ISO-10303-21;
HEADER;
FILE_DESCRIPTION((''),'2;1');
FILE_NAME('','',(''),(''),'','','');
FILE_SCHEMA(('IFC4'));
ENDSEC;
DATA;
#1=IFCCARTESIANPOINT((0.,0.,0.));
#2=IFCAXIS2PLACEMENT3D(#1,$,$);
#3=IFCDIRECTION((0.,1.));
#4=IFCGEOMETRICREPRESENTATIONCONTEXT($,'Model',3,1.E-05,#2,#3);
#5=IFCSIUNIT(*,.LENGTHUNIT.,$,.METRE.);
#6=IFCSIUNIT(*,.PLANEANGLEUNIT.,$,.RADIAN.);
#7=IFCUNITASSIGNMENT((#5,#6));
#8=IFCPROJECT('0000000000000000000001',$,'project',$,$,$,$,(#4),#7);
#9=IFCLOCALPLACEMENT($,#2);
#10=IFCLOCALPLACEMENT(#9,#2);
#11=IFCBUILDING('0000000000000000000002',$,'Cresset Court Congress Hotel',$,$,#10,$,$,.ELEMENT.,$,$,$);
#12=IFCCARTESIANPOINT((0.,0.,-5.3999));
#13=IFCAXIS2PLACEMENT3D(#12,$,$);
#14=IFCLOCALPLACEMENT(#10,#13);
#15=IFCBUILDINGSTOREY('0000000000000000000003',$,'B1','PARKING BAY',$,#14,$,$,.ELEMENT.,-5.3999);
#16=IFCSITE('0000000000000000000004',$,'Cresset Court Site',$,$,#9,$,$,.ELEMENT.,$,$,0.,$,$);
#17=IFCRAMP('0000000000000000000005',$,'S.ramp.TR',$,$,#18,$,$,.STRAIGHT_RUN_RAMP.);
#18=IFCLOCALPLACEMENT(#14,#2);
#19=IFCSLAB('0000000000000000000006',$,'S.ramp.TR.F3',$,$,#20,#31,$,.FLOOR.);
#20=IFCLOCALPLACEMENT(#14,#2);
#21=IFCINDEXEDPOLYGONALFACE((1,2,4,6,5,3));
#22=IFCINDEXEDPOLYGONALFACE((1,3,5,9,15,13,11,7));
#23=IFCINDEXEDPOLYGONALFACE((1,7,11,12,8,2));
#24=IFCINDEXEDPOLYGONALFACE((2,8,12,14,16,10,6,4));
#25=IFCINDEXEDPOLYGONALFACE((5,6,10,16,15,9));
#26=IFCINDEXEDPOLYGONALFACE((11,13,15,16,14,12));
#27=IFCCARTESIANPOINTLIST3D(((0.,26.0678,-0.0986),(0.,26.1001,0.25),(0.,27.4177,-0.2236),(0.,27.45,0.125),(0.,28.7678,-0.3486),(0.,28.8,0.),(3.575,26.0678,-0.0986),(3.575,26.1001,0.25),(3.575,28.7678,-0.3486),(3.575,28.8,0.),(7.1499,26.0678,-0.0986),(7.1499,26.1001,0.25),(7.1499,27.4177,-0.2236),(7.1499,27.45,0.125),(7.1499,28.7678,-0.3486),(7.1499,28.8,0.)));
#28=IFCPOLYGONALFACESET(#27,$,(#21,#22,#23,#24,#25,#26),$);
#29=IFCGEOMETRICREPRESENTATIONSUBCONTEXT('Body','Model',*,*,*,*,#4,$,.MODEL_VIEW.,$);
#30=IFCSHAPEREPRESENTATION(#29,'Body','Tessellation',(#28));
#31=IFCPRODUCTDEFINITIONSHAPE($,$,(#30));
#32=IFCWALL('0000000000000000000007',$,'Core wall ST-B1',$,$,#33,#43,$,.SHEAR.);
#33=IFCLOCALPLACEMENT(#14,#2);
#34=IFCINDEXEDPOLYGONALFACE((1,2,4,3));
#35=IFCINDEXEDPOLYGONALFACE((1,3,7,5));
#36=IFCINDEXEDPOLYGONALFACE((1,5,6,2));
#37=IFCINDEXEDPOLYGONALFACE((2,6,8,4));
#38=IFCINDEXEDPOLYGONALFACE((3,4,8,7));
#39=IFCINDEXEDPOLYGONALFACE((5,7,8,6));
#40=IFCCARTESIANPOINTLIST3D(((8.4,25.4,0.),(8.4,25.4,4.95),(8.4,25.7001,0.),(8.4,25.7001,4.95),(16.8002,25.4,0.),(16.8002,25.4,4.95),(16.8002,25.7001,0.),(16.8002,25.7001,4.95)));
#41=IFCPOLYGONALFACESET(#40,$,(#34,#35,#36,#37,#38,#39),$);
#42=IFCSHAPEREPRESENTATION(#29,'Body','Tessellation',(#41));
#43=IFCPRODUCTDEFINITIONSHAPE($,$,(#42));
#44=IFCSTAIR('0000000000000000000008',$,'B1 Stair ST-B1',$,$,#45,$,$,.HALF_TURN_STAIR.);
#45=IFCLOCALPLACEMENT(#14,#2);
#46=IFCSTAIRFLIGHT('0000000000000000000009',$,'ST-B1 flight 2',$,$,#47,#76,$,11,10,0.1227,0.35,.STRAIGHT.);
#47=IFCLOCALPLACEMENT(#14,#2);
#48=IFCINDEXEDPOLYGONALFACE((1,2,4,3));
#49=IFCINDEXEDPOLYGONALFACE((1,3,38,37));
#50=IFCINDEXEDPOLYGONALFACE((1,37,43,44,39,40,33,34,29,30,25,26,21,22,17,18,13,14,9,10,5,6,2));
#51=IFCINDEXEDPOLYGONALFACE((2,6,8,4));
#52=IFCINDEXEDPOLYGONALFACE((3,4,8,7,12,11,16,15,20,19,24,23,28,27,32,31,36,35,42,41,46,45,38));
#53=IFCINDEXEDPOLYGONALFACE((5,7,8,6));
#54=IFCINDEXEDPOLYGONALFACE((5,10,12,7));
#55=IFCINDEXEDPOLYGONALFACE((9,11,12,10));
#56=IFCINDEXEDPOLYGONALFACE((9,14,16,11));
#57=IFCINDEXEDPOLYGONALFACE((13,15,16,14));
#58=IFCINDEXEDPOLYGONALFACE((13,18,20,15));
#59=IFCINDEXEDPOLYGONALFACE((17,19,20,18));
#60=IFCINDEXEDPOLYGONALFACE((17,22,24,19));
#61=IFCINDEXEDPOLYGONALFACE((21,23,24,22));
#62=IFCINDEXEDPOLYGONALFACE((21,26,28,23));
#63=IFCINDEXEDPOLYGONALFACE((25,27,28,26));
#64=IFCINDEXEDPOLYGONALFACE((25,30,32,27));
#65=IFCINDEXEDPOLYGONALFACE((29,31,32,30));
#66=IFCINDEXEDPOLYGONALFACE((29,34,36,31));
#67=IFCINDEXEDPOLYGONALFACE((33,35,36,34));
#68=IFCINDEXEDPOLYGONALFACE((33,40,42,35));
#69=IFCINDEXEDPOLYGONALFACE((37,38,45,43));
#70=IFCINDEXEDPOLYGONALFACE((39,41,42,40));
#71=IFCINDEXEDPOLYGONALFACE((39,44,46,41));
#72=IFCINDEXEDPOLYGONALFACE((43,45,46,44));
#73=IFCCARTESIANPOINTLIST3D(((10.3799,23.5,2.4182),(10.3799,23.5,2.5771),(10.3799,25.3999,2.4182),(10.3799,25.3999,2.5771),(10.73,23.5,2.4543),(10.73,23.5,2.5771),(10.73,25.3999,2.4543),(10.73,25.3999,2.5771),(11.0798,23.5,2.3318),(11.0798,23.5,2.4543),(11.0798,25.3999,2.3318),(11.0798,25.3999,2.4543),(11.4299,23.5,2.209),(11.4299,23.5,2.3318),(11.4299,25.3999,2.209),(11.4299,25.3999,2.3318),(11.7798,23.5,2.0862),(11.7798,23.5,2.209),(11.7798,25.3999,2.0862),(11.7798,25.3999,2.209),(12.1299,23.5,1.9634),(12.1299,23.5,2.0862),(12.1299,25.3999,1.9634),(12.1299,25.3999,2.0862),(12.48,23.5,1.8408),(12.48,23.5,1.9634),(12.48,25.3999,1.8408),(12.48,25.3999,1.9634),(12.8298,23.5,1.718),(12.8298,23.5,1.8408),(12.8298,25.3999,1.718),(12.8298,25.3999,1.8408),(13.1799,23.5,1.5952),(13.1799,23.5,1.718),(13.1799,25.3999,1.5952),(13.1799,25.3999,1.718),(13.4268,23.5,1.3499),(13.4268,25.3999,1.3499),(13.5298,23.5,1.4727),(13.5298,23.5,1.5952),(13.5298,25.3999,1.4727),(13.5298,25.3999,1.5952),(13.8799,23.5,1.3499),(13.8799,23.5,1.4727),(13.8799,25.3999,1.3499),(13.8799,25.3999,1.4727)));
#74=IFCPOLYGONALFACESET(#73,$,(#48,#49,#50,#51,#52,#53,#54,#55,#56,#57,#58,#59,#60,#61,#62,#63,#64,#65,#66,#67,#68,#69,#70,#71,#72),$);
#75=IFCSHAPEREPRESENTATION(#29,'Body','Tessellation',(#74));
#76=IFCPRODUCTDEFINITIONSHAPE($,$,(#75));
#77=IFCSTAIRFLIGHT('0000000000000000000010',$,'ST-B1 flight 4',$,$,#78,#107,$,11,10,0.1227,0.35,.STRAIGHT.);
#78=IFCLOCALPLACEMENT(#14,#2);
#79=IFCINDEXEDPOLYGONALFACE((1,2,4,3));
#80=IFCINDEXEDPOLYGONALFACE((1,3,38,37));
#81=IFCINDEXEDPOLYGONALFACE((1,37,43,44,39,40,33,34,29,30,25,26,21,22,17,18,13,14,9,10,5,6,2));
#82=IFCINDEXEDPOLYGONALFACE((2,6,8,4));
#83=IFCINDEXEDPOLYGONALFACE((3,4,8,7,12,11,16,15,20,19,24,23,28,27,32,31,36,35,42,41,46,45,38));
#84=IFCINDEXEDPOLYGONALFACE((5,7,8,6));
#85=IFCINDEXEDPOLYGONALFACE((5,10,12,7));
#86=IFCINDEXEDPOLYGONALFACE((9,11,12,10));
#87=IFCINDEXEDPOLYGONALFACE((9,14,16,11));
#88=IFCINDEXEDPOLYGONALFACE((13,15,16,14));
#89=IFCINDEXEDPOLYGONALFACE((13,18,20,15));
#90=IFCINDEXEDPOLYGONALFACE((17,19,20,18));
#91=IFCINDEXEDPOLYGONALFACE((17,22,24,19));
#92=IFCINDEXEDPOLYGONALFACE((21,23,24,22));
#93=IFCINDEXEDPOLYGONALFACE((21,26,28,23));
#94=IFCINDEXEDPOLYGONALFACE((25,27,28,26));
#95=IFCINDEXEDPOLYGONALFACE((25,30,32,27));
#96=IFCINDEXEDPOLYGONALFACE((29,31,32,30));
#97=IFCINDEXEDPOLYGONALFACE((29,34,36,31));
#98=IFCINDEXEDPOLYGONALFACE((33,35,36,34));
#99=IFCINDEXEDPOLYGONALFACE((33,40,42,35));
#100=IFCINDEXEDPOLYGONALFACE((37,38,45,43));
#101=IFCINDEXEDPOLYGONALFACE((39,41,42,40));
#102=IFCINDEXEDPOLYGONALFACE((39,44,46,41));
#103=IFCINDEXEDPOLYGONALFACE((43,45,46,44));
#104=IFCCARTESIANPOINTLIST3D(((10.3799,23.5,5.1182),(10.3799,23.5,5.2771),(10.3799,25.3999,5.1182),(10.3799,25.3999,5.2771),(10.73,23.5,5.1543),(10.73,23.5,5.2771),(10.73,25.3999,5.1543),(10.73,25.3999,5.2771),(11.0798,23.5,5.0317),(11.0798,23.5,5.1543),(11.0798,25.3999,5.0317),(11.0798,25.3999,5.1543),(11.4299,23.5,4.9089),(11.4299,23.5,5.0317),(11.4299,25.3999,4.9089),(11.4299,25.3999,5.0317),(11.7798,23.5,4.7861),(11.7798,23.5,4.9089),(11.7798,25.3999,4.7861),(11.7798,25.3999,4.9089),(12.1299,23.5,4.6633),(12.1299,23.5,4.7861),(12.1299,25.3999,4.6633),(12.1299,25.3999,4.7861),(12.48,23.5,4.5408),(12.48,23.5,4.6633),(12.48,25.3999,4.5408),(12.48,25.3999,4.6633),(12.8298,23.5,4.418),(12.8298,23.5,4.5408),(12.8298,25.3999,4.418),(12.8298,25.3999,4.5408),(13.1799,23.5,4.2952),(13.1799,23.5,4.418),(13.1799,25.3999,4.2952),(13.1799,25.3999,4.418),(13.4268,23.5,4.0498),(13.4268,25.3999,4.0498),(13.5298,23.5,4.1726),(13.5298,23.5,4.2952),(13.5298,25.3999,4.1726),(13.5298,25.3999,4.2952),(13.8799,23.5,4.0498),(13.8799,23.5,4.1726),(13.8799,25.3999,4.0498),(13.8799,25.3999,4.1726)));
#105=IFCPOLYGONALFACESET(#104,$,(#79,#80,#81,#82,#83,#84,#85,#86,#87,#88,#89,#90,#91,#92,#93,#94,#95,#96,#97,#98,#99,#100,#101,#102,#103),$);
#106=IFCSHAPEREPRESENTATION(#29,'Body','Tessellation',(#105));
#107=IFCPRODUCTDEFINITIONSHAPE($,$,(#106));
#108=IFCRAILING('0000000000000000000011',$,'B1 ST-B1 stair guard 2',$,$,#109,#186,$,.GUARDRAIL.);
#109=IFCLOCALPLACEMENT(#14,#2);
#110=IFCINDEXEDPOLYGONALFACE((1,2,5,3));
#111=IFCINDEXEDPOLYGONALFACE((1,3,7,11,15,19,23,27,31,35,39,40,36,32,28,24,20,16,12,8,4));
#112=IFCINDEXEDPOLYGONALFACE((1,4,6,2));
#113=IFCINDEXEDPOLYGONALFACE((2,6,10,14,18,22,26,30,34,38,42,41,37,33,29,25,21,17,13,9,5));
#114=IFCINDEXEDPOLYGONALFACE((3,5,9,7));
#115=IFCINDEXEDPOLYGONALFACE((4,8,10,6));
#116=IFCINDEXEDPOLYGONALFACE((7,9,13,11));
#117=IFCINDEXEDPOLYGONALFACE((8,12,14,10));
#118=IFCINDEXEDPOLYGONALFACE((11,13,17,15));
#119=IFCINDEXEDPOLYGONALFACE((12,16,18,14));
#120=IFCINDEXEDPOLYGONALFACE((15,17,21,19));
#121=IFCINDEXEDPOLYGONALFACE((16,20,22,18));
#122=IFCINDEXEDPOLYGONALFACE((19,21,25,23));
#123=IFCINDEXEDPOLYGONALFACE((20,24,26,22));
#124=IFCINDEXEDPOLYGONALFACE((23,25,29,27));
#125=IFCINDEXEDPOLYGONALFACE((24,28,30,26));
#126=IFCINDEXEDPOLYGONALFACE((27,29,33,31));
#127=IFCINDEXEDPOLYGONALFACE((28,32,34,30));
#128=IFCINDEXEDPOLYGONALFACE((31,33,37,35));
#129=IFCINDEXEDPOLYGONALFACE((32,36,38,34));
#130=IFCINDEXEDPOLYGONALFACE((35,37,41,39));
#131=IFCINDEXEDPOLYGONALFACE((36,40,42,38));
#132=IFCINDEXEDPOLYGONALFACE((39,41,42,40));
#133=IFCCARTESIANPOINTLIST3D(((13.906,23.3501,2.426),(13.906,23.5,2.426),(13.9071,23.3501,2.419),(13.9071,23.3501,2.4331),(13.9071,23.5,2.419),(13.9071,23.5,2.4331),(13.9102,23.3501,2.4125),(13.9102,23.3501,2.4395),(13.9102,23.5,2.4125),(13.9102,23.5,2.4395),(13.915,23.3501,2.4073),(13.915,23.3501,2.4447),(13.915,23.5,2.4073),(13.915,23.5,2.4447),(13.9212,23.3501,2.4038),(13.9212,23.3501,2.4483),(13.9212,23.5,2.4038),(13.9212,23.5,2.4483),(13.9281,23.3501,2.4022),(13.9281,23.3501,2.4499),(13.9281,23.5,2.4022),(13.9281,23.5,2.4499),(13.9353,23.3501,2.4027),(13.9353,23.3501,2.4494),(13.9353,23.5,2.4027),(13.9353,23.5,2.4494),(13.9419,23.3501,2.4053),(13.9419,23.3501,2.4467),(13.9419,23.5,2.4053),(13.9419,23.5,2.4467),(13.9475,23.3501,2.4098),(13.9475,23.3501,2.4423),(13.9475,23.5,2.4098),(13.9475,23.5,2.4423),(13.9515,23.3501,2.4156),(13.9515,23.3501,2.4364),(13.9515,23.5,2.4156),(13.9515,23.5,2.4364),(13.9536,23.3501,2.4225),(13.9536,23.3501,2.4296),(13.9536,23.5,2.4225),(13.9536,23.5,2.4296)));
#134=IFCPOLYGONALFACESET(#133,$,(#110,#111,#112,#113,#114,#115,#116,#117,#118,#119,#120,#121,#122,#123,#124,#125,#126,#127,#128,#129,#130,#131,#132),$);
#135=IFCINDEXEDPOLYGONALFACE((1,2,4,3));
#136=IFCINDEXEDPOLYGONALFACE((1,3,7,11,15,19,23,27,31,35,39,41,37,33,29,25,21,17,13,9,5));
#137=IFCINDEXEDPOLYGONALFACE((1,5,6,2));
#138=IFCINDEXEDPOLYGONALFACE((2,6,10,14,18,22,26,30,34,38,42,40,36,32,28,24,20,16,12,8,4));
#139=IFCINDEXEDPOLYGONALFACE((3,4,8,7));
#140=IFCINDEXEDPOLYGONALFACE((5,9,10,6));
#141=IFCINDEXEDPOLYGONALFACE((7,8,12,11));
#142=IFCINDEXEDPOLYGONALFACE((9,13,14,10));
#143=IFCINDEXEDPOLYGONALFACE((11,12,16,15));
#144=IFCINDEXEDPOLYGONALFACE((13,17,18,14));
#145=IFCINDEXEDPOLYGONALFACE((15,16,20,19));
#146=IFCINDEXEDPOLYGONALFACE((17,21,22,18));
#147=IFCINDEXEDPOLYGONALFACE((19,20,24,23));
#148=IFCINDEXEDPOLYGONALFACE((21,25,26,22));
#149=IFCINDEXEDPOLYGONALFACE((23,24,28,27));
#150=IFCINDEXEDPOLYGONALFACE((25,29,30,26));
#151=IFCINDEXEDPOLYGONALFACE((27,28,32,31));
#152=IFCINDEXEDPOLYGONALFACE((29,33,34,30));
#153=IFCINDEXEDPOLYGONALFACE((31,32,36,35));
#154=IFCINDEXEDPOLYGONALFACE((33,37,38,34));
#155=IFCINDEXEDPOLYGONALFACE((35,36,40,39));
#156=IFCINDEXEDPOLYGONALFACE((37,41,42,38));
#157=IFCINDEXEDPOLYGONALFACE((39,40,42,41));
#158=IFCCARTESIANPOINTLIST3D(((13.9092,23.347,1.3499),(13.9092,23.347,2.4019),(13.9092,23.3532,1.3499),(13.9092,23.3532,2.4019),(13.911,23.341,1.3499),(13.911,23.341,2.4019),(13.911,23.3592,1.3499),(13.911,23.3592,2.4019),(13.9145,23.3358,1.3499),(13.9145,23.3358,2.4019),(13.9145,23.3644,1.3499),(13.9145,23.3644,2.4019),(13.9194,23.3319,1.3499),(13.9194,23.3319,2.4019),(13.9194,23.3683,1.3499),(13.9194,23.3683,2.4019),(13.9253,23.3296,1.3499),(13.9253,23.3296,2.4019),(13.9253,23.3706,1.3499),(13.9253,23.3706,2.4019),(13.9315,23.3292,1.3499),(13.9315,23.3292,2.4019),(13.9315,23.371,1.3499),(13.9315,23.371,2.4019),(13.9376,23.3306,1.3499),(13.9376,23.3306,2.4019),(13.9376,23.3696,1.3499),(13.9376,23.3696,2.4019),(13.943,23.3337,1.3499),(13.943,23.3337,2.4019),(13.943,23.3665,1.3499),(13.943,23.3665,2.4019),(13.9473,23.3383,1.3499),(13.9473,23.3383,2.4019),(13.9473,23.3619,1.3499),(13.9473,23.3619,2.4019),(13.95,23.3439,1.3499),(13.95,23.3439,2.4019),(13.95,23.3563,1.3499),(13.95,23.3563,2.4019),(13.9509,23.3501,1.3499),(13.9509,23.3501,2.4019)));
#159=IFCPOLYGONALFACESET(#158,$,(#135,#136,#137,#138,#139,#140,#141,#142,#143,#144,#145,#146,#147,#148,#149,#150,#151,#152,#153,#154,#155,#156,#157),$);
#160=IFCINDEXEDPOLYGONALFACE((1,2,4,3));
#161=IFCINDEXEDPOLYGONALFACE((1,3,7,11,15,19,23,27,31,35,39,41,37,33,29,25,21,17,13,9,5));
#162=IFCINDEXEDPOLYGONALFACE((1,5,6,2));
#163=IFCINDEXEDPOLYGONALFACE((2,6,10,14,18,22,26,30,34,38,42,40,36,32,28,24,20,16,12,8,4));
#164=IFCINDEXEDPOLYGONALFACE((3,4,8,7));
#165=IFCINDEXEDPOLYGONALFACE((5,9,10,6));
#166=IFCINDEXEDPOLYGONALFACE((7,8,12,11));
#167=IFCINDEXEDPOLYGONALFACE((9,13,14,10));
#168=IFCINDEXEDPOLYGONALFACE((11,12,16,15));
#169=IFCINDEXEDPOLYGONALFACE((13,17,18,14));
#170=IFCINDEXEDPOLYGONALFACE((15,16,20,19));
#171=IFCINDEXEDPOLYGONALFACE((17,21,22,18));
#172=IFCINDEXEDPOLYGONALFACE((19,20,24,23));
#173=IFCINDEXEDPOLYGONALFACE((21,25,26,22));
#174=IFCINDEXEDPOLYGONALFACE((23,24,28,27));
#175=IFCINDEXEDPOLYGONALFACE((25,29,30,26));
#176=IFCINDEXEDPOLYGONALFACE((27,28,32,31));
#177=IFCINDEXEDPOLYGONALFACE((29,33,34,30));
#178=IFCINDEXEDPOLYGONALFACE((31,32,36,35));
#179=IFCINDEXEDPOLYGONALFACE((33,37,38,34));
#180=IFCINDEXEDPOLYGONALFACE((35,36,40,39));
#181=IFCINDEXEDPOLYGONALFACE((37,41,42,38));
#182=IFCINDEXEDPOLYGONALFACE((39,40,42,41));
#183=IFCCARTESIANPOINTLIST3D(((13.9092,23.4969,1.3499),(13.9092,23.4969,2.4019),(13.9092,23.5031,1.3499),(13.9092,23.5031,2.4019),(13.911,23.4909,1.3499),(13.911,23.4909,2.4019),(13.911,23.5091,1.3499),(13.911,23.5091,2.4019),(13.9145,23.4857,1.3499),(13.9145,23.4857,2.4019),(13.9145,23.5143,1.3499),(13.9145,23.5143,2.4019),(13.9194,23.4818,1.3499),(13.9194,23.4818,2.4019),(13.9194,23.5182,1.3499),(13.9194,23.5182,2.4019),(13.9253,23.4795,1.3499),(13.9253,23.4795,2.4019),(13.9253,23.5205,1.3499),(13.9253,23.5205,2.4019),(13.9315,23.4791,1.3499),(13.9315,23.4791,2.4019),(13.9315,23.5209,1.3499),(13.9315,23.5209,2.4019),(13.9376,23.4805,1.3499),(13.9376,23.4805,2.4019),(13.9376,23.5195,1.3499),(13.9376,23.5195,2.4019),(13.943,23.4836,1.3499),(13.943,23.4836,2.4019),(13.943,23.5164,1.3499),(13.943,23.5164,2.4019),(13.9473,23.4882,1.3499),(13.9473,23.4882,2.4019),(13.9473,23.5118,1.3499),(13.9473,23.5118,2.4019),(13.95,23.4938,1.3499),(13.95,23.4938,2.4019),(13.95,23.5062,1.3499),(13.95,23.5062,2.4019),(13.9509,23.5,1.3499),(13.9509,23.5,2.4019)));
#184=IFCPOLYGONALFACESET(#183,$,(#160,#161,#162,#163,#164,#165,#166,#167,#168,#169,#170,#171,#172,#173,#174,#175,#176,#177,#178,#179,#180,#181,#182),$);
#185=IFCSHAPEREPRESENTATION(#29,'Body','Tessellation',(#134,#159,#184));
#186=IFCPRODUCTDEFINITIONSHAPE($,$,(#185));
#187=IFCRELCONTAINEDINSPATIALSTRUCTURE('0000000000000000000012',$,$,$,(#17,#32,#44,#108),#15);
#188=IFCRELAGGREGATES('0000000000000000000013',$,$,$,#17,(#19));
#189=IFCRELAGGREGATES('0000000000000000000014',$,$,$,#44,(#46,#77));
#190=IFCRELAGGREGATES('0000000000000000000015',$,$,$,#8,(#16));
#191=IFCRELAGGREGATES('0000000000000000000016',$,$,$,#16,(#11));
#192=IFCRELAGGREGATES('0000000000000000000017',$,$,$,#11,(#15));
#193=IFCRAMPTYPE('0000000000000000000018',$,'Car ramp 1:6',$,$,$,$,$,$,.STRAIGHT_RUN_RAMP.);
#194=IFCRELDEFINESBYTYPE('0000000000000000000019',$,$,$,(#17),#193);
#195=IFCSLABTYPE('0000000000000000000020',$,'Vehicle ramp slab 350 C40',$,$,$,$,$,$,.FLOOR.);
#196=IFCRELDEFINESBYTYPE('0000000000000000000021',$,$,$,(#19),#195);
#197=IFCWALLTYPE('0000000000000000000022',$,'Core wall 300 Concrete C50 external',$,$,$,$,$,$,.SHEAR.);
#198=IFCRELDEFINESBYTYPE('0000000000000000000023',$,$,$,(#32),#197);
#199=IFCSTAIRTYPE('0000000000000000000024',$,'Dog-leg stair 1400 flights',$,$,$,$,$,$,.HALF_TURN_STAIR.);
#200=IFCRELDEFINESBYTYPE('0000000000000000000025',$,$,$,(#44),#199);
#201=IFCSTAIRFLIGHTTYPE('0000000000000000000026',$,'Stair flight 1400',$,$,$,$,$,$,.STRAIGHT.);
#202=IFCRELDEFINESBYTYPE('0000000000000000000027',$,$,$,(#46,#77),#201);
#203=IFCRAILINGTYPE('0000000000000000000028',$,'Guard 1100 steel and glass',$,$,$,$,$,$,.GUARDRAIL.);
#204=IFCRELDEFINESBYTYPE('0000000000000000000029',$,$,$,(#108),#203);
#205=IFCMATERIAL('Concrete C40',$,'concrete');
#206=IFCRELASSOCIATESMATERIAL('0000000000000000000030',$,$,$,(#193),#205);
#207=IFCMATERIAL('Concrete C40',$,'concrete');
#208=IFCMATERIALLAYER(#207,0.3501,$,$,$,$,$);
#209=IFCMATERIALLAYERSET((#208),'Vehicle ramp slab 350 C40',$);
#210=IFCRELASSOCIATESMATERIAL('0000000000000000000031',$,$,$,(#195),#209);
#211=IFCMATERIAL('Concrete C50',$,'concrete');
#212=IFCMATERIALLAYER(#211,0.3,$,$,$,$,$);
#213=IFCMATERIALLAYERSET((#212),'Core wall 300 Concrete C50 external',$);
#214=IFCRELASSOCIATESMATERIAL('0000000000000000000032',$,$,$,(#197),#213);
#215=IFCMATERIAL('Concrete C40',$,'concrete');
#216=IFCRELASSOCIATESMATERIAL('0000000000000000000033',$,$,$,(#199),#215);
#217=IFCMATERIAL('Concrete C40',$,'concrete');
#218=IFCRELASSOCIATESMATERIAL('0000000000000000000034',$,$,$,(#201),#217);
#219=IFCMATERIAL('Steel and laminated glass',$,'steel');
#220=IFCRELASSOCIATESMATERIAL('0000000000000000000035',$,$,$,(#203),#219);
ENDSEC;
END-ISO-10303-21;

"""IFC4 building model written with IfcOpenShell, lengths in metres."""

from ifc_helpers import new_model, si_unit, direction, frame, frame_2d, origin, origin_2d, place, context, subcontext, project, spatial, polyline, rectangle, circle, outline, extrude, material, layer, layer_set, type_object, element, aggregate, save


model = new_model("IFC4")

# Units and contexts
model_context = context("Model", 3, precision=1e-05, world=origin(), true_north=direction((0.0, 1.0)))
body_context = subcontext(model_context, "Body", "Model", "MODEL_VIEW")
ifc_project = project(units=[si_unit("LENGTHUNIT", "METRE"), si_unit("PLANEANGLEUNIT", "RADIAN")], contexts=[model_context])

# Site, building, storey
site_placement = place(None, origin())
site = spatial("IfcSite", under=ifc_project, at=site_placement, Name="Cresset Court Site", CompositionType="ELEMENT", RefElevation=0.0)
building_placement = place(site_placement, origin())
building = spatial("IfcBuilding", under=site, at=building_placement, Name="Cresset Court Congress Hotel", CompositionType="ELEMENT")
storey_placement = place(building_placement, frame((0.0, 0.0, -5.3999)))
storey = spatial("IfcBuildingStorey", under=building, at=storey_placement, Name="B1", Description="PARKING BAY", CompositionType="ELEMENT", Elevation=-5.3999)

# Ramp, slab
ifc_material_1 = material(Name="Concrete C40", Category="concrete")
ramp_type = type_object("IfcRampType", Name="Car ramp 1:6", PredefinedType="STRAIGHT_RUN_RAMP", material=ifc_material_1)
ramp_placement = place(storey_placement, origin())
ramp = element("IfcRamp", 1, at=ramp_placement, inside=storey, type_object=ramp_type, Name="S.ramp.TR", PredefinedType="STRAIGHT_RUN_RAMP")
ifc_material_2 = material(Name="Concrete C40", Category="concrete")
ifc_layer_1 = layer(ifc_material_2, 0.3501)
ifc_layer_set_1 = layer_set([ifc_layer_1], Name="Vehicle ramp slab 350 C40")
slab_type = type_object("IfcSlabType", Name="Vehicle ramp slab 350 C40", PredefinedType="FLOOR", material=ifc_layer_set_1)
slab_placement = place(storey_placement, frame((0.0, 26.1001, 0.25), z_axis=(0.0, 0.0922, 0.995741), x_axis=(1.0, 0.0, 0.0)))
slab = element("IfcSlab", 2, at=slab_placement, type_object=slab_type, Name="S.ramp.TR.F3", PredefinedType="FLOOR", context=body_context, shape_type="SweptSolid", body=[
    extrude(outline(polyline([(0.0, 0.0), (3.575, 0.0), (7.1499, 0.0), (7.1499, 1.3556), (7.1499, 2.7115), (3.575, 2.7115), (0.0, 2.7115), (0.0, 1.3556), (0.0, 0.0)])), origin(), (0.0, 0.0, -1.0), 0.3501),
])
aggregate(ramp, [slab])

# Wall
ifc_material_3 = material(Name="Concrete C50", Category="concrete")
ifc_layer_2 = layer(ifc_material_3, 0.3)
ifc_layer_set_2 = layer_set([ifc_layer_2], Name="Core wall 300 Concrete C50 external")
wall_type = type_object("IfcWallType", Name="Core wall 300 Concrete C50 external", PredefinedType="SHEAR", material=ifc_layer_set_2)
wall_placement = place(storey_placement, frame((8.3999, 25.55, 0.0), z_axis=(0.0, 0.0, 1.0), x_axis=(1.0, 0.0, 0.0)))
element("IfcWall", 3, at=wall_placement, inside=storey, type_object=wall_type, Name="Core wall ST-B1", PredefinedType="SHEAR", context=body_context, shape_type="SweptSolid", body=[
    extrude(rectangle(XDim=8.4001, YDim=0.3, at=frame_2d((4.2002, 0.0))), origin(), (0.0, 0.0, 1.0), 4.95),
])

# Stair, stair flights
ifc_material_4 = material(Name="Concrete C40", Category="concrete")
stair_type = type_object("IfcStairType", Name="Dog-leg stair 1400 flights", PredefinedType="HALF_TURN_STAIR", material=ifc_material_4)
stair_placement = place(storey_placement, origin())
stair = element("IfcStair", 4, at=stair_placement, inside=storey, type_object=stair_type, Name="B1 Stair ST-B1", PredefinedType="HALF_TURN_STAIR")
ifc_material_5 = material(Name="Concrete C40", Category="concrete")
stair_flight_type = type_object("IfcStairFlightType", Name="Stair flight 1400", PredefinedType="STRAIGHT", material=ifc_material_5)
stair_flight_1_placement = place(storey_placement, frame((13.8799, 24.45, 1.3499), z_axis=(0.0, 0.0, 1.0), x_axis=(-1.0, 0.0, 0.0)))
stair_flight_1 = element("IfcStairFlight", 5, at=stair_flight_1_placement, type_object=stair_flight_type, Name="ST-B1 flight 2", NumberOfRisers=11, NumberOfTreads=10, PredefinedType="STRAIGHT", RiserHeight=0.1227, TreadLength=0.35, context=body_context, shape_type="SweptSolid", body=[
    extrude(outline(polyline([(0.0, 0.0), (0.0, 0.1228), (0.3501, 0.1228), (0.3501, 0.2454), (0.7, 0.2454), (0.7, 0.3682), (1.05, 0.3682), (1.05, 0.491), (1.3999, 0.491), (1.3999, 0.6135), (1.75, 0.6135), (1.75, 0.7363), (2.1001, 0.7363), (2.1001, 0.8591), (2.45, 0.8591), (2.45, 0.9819), (2.8, 0.9819), (2.8, 1.1045), (3.1499, 1.1045), (3.1499, 1.2273), (3.5, 1.2273), (3.5, 1.3501), (3.5, 1.0684), (0.4531, 0.0), (0.0, 0.0)])), frame((0.0, 0.95, 0.0), z_axis=(0.0, -1.0, 0.0), x_axis=(1.0, 0.0, 0.0)), (0.0, 0.0, 1.0), 1.8999),
])
stair_flight_2_placement = place(storey_placement, frame((13.8799, 24.45, 4.0498), z_axis=(0.0, 0.0, 1.0), x_axis=(-1.0, 0.0, 0.0)))
stair_flight_2 = element("IfcStairFlight", 6, at=stair_flight_2_placement, type_object=stair_flight_type, Name="ST-B1 flight 4", NumberOfRisers=11, NumberOfTreads=10, PredefinedType="STRAIGHT", RiserHeight=0.1227, TreadLength=0.35, context=body_context, shape_type="SweptSolid", body=[
    extrude(outline(polyline([(0.0, 0.0), (0.0, 0.1228), (0.3501, 0.1228), (0.3501, 0.2454), (0.7, 0.2454), (0.7, 0.3682), (1.05, 0.3682), (1.05, 0.491), (1.3999, 0.491), (1.3999, 0.6135), (1.75, 0.6135), (1.75, 0.7363), (2.1001, 0.7363), (2.1001, 0.8591), (2.45, 0.8591), (2.45, 0.9819), (2.8, 0.9819), (2.8, 1.1045), (3.1499, 1.1045), (3.1499, 1.2273), (3.5, 1.2273), (3.5, 1.3501), (3.5, 1.0684), (0.4531, 0.0), (0.0, 0.0)])), frame((0.0, 0.95, 0.0), z_axis=(0.0, -1.0, 0.0), x_axis=(1.0, 0.0, 0.0)), (0.0, 0.0, 1.0), 1.8999),
])
aggregate(stair, [stair_flight_1, stair_flight_2])

# Railing
ifc_material_6 = material(Name="Steel and laminated glass", Category="steel")
railing_type_1 = type_object("IfcRailingType", Name="Guard 1100 steel and glass", PredefinedType="GUARDRAIL", material=ifc_material_6)
railing_1_placement = place(storey_placement, frame((13.9299, 23.3501, 1.3499)))
element("IfcRailing", 7, at=railing_1_placement, inside=storey, type_object=railing_type_1, Name="B1 ST-B1 stair guard 2", PredefinedType="GUARDRAIL", context=body_context, shape_type="SweptSolid", body=[
    extrude(circle(Radius=0.0239, at=origin_2d()), frame((0.0, 0.0, 1.0762), z_axis=(0.0, 1.0, 0.0), x_axis=(-1.0, 0.0, 0.0)), (0.0, 0.0, 1.0), 0.1499),
    extrude(circle(Radius=0.021, at=origin_2d()), origin(), (0.0, 0.0, 1.0), 1.052),
    extrude(circle(Radius=0.021, at=origin_2d()), frame((0.0, 0.1499, 0.0)), (0.0, 0.0, 1.0), 1.052),
])

save(model, "model.ifc")
